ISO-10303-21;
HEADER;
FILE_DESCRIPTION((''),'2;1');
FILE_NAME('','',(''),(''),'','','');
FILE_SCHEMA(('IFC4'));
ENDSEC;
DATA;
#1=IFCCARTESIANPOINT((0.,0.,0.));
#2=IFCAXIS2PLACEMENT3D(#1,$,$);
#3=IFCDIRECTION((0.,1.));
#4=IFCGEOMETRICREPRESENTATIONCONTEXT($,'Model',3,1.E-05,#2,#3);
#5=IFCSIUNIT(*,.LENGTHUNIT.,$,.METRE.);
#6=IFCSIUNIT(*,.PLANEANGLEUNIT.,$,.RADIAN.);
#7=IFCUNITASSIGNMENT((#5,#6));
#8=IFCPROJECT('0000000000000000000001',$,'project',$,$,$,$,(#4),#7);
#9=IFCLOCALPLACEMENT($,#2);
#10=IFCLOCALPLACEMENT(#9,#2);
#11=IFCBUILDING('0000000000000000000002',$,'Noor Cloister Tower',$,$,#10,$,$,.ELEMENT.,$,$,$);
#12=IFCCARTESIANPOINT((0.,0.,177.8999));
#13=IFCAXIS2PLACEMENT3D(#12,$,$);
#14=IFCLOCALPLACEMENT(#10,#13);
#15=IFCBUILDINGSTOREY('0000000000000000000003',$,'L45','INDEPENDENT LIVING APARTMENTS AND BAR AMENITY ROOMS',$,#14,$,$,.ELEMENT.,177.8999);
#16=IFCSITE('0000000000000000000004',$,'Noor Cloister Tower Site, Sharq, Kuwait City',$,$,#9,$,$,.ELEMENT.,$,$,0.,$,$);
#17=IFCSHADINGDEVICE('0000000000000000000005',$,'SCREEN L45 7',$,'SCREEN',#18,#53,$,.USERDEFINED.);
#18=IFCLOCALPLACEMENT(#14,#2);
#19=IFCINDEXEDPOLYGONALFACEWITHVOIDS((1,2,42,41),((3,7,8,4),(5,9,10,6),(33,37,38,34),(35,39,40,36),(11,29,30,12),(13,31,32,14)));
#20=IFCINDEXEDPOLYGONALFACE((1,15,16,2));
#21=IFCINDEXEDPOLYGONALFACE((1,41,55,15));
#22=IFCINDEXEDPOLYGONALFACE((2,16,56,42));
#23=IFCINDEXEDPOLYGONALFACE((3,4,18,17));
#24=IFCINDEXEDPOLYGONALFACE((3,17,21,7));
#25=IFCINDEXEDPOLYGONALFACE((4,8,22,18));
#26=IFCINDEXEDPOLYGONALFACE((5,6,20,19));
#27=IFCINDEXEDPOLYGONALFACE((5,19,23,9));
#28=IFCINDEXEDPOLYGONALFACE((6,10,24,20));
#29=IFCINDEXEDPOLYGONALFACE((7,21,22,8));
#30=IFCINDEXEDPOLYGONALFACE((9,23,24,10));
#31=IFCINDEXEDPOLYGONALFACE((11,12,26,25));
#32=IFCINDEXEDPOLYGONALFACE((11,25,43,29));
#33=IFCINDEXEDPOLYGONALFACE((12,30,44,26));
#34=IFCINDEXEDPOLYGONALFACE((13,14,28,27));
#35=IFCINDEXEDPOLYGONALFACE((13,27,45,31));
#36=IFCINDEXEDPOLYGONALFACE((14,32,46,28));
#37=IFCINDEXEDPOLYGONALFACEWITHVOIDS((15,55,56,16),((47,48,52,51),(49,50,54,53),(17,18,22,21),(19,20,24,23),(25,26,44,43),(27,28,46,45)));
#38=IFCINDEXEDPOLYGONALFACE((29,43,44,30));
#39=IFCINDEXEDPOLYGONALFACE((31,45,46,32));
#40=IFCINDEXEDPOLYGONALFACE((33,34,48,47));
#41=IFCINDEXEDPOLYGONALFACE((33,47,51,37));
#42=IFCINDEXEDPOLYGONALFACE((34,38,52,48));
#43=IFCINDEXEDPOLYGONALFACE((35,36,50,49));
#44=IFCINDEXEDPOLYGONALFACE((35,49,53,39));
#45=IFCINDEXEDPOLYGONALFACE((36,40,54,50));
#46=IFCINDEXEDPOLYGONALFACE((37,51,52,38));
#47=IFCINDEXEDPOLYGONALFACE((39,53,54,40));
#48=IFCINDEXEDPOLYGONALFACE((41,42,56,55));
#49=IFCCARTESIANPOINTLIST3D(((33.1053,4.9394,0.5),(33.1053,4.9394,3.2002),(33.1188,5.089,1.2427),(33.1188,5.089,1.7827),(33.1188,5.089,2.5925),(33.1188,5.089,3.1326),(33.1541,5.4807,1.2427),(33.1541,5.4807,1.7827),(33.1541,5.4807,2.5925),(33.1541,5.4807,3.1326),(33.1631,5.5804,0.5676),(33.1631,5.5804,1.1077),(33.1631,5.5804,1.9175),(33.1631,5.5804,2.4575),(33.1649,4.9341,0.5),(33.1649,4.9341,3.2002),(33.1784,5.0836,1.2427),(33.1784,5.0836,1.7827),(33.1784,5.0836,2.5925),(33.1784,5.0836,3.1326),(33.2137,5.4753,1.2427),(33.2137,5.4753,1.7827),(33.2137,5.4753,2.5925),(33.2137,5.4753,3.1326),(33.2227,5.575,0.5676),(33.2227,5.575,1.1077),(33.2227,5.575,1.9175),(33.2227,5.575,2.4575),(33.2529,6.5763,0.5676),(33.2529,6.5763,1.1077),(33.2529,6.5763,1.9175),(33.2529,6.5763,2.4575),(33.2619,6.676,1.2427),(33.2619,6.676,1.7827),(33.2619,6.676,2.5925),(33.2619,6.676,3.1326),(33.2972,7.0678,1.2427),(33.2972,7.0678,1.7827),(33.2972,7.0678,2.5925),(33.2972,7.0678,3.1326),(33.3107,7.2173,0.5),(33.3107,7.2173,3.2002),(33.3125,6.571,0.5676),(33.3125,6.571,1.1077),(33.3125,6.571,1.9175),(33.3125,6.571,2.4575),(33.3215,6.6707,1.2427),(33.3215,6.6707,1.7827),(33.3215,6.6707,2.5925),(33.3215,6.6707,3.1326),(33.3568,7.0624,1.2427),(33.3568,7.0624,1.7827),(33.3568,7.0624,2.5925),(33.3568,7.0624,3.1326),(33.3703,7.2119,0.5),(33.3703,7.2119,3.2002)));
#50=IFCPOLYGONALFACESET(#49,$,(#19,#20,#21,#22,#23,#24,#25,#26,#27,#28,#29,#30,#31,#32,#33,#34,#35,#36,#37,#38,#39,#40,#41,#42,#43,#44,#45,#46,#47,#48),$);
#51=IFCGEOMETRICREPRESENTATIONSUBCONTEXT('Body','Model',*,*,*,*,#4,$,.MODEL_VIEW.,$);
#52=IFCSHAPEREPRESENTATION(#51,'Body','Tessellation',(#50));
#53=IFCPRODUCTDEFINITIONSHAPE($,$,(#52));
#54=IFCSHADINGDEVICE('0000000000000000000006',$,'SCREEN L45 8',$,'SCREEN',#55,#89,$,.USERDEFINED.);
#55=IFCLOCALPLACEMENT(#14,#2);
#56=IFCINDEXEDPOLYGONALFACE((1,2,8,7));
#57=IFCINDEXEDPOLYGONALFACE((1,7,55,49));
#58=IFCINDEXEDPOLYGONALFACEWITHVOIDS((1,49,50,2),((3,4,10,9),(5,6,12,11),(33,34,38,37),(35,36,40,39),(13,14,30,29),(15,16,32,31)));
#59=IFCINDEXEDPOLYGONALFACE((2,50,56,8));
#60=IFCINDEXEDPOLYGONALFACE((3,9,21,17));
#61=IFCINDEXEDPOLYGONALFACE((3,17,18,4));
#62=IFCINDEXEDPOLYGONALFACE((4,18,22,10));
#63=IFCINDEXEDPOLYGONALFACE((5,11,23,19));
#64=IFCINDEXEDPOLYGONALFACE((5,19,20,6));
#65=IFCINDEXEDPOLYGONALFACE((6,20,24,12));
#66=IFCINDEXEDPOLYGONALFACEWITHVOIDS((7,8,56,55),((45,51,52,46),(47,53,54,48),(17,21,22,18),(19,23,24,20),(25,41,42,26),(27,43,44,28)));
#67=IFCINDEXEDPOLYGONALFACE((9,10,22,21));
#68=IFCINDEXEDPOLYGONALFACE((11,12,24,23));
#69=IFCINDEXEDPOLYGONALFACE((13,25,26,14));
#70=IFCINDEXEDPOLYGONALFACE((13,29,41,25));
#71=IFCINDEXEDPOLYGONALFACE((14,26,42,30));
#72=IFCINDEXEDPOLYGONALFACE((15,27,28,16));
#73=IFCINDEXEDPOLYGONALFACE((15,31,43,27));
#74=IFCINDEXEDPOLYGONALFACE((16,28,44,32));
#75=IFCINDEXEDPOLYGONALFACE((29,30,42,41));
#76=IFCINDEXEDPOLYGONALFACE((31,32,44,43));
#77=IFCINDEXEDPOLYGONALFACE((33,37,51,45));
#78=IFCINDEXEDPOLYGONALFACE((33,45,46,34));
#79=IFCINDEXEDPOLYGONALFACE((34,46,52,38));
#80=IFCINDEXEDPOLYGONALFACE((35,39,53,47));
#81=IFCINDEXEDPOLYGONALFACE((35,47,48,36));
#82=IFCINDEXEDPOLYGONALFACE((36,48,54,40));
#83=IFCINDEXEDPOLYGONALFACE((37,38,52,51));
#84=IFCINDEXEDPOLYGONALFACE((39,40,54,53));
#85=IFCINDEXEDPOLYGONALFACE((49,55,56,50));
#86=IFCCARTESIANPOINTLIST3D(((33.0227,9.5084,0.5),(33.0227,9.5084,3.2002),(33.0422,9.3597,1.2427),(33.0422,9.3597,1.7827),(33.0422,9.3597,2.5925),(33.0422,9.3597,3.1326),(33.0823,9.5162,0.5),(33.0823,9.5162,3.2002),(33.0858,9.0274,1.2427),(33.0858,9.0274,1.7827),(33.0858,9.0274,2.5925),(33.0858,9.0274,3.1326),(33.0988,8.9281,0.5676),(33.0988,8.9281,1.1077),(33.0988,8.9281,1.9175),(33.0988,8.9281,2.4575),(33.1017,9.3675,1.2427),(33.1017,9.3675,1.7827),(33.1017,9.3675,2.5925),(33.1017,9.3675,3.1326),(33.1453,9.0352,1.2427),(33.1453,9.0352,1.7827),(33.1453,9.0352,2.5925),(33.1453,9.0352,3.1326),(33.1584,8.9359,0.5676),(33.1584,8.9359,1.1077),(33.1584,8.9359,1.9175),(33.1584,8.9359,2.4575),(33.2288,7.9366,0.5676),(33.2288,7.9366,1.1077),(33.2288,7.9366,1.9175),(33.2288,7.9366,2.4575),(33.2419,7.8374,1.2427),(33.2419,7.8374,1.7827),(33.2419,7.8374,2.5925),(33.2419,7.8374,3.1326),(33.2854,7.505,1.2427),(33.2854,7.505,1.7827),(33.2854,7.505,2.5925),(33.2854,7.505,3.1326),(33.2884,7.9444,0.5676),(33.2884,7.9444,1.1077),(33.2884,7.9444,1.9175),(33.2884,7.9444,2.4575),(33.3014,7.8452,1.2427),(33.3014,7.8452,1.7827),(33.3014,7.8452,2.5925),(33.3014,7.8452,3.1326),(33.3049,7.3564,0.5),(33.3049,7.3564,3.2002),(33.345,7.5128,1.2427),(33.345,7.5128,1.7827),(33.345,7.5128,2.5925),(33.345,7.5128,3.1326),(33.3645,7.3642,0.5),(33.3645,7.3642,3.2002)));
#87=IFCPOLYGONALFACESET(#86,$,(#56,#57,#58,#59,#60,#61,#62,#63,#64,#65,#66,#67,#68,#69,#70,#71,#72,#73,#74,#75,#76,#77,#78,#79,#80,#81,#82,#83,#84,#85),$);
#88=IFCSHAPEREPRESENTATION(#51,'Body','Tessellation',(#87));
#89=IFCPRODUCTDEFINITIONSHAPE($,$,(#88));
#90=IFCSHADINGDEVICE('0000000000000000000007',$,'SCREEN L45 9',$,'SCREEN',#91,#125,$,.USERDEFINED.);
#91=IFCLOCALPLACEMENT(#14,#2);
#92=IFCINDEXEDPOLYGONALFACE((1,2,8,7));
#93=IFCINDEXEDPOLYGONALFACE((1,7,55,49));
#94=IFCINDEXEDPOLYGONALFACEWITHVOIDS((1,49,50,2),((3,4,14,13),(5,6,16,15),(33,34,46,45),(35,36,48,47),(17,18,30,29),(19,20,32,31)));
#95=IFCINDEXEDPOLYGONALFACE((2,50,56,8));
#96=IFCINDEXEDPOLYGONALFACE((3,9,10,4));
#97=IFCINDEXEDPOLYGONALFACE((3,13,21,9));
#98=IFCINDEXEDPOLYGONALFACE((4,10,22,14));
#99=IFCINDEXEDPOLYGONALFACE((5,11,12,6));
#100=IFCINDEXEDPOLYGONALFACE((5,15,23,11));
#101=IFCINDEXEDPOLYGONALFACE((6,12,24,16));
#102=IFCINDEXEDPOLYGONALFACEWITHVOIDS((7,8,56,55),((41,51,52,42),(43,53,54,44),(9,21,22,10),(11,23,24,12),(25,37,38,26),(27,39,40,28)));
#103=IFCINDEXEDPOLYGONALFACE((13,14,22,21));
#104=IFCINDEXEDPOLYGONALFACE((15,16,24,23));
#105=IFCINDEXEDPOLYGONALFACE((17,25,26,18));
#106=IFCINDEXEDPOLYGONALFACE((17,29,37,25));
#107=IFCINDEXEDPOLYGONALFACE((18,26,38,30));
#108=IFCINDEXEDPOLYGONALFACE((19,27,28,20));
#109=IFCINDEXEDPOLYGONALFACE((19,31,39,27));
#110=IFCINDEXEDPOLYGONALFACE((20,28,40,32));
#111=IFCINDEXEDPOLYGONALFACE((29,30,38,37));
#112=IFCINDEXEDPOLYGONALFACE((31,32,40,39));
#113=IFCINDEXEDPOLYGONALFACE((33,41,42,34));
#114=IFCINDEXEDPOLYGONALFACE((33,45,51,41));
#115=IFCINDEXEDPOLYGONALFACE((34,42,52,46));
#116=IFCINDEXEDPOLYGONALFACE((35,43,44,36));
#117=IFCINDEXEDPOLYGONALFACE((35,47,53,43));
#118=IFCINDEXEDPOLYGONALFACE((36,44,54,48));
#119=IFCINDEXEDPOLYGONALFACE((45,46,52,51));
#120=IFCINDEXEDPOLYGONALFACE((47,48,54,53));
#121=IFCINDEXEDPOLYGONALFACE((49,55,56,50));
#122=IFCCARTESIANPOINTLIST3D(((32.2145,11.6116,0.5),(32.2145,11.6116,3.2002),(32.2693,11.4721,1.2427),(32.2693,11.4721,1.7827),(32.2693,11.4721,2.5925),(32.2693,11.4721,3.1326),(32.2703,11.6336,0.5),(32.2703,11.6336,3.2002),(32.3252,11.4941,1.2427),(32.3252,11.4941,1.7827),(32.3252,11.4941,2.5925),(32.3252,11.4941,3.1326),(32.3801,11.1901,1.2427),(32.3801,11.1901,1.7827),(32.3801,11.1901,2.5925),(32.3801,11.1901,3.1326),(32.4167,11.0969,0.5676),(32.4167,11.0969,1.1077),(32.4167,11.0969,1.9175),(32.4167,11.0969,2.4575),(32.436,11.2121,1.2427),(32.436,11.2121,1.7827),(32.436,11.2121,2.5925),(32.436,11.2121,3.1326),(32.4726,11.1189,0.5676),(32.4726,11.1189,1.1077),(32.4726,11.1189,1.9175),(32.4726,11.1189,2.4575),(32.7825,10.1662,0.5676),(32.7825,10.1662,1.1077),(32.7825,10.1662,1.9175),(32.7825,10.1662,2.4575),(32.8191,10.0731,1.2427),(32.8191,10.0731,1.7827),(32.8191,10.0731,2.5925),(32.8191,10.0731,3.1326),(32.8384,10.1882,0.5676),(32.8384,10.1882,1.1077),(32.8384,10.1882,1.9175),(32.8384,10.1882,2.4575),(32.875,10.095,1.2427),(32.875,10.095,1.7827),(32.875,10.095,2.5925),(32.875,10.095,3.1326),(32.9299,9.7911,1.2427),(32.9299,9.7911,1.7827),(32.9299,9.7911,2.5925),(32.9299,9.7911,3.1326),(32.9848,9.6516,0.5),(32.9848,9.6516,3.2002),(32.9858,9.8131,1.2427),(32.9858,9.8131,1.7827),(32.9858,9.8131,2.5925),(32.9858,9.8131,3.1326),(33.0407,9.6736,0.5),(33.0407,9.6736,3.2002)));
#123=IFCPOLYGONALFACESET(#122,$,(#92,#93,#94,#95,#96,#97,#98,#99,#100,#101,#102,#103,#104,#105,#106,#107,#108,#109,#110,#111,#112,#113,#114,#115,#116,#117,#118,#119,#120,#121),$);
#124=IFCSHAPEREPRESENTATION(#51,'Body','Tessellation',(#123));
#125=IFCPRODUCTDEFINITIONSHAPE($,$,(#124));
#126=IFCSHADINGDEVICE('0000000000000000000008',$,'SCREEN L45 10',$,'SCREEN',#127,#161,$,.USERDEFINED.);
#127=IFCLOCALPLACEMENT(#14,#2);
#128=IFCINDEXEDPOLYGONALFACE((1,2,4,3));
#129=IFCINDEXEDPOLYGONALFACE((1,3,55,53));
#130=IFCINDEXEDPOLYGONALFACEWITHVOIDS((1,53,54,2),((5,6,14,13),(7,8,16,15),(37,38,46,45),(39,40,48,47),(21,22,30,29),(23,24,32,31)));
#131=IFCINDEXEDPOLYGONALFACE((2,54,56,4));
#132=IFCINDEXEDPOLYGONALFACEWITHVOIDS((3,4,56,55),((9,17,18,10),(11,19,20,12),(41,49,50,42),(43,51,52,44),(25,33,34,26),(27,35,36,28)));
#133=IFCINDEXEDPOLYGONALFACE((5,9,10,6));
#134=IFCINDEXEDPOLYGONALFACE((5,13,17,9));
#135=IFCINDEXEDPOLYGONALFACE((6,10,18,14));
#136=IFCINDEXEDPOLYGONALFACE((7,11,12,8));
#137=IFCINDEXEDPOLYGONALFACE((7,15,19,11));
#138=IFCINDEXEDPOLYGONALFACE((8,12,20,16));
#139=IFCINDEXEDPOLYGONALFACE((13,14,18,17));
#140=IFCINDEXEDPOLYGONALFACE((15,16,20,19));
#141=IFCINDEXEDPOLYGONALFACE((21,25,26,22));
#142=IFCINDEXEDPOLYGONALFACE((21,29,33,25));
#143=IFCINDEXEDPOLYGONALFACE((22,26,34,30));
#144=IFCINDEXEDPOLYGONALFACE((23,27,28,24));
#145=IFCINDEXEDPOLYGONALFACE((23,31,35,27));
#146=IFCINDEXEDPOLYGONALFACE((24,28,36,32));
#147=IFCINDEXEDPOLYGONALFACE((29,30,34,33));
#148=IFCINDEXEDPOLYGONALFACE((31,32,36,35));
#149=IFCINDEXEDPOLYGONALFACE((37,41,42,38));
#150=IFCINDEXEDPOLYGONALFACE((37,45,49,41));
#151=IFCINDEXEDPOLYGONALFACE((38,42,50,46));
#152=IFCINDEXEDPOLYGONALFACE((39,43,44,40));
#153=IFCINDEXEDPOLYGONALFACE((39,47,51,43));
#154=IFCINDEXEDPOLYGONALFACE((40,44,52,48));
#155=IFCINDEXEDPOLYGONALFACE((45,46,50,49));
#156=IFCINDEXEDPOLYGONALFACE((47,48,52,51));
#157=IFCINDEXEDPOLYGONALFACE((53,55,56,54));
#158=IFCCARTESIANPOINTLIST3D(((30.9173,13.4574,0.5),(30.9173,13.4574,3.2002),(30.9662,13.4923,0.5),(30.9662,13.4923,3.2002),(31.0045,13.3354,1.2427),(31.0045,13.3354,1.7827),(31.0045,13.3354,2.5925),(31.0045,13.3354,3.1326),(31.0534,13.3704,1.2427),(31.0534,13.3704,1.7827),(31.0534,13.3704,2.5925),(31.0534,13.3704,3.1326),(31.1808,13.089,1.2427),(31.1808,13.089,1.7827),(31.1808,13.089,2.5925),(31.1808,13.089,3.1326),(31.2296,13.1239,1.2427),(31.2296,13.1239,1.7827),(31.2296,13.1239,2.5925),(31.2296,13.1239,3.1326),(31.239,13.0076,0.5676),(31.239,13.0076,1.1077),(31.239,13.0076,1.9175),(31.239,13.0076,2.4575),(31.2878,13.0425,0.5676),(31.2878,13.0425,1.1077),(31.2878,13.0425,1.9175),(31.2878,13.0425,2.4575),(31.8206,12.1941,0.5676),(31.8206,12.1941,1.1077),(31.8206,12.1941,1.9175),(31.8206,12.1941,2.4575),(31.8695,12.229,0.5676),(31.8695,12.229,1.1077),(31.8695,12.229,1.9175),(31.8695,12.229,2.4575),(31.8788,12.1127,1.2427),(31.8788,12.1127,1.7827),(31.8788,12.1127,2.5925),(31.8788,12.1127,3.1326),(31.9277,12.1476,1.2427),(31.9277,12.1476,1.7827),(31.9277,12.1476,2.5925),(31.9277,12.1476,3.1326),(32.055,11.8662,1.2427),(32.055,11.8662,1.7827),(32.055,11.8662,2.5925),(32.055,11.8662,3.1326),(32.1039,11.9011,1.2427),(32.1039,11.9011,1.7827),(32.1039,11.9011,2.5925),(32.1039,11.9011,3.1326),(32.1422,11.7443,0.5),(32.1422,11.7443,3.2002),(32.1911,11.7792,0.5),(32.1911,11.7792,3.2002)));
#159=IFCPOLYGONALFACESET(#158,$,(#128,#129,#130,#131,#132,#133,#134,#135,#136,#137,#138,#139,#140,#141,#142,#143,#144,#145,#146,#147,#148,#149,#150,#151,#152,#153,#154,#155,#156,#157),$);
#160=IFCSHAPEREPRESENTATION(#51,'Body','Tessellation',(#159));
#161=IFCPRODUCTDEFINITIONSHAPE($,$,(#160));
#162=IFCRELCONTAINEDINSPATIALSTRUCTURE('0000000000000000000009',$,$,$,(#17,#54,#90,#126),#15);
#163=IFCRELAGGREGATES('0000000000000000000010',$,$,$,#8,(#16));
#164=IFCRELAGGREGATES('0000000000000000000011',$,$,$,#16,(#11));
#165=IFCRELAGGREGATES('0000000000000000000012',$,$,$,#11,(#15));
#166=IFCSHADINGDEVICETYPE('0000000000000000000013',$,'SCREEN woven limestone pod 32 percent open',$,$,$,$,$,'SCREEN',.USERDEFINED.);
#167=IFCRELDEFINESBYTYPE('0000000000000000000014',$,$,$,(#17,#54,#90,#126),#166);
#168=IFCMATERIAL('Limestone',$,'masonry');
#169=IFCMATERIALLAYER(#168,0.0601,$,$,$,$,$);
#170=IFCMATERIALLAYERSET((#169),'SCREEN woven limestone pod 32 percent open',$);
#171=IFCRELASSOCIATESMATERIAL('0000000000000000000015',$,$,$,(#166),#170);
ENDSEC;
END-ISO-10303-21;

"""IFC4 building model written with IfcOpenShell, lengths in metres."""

from ifc_helpers import new_model, si_unit, direction, frame, origin, place, context, subcontext, project, spatial, polyline, outline, extrude, material, layer, layer_set, type_object, element, save


model = new_model("IFC4")

# Units and contexts
model_context = context("Model", 3, precision=1e-05, world=origin(), true_north=direction((0.0, 1.0)))
body_context = subcontext(model_context, "Body", "Model", "MODEL_VIEW")
ifc_project = project(units=[si_unit("LENGTHUNIT", "METRE"), si_unit("PLANEANGLEUNIT", "RADIAN")], contexts=[model_context])

# Site, building, storey
site_placement = place(None, origin())
site = spatial("IfcSite", under=ifc_project, at=site_placement, Name="Noor Cloister Tower Site, Sharq, Kuwait City", CompositionType="ELEMENT", RefElevation=0.0)
building_placement = place(site_placement, origin())
building = spatial("IfcBuilding", under=site, at=building_placement, Name="Noor Cloister Tower", CompositionType="ELEMENT")
storey_placement = place(building_placement, frame((0.0, 0.0, 177.8999)))
storey = spatial("IfcBuildingStorey", under=building, at=storey_placement, Name="L45", Description="INDEPENDENT LIVING APARTMENTS AND BAR AMENITY ROOMS", CompositionType="ELEMENT", Elevation=177.8999)

# Shading devices
ifc_material_1 = material(Name="Limestone", Category="masonry")
ifc_layer_1 = layer(ifc_material_1, 0.0601)
ifc_layer_set_1 = layer_set([ifc_layer_1], Name="SCREEN woven limestone pod 32 percent open")
shading_device_type = type_object("IfcShadingDeviceType", Name="SCREEN woven limestone pod 32 percent open", ElementType="SCREEN", PredefinedType="USERDEFINED", material=ifc_layer_set_1)
shading_device_1_placement = place(storey_placement, frame((33.208, 6.0784, 1.8501), z_axis=(0.99596, -0.0898, 0.0), x_axis=(0.0898, 0.99596, 0.0)))
element("IfcShadingDevice", 1, at=shading_device_1_placement, inside=storey, type_object=shading_device_type, Name="SCREEN L45 7", ObjectType="SCREEN", PredefinedType="USERDEFINED", context=body_context, shape_type="SweptSolid", body=[
    extrude(outline(polyline([(-1.1436, -1.3501), (1.1436, -1.3501), (1.1436, 1.3501), (-1.1436, 1.3501), (-1.1436, -1.3501)]), holes=[polyline([(-0.5, -1.2825), (0.5, -1.2825), (0.5, -0.7424), (-0.5, -0.7424), (-0.5, -1.2825)]), polyline([(0.6001, -0.6074), (0.9934, -0.6074), (0.9934, -0.0674), (0.6001, -0.0674), (0.6001, -0.6074)]), polyline([(-0.9934, -0.6074), (-0.6001, -0.6074), (-0.6001, -0.0674), (-0.9934, -0.0674), (-0.9934, -0.6074)]), polyline([(-0.5, 0.0674), (0.5, 0.0674), (0.5, 0.6074), (-0.5, 0.6074), (-0.5, 0.0674)]), polyline([(0.6001, 0.7424), (0.9934, 0.7424), (0.9934, 1.2825), (0.6001, 1.2825), (0.6001, 0.7424)]), polyline([(-0.9934, 0.7424), (-0.6001, 0.7424), (-0.6001, 1.2825), (-0.9934, 1.2825), (-0.9934, 0.7424)])]), origin(), (0.0, 0.0, 1.0), 0.0598),
])
shading_device_2_placement = place(storey_placement, frame((33.1638, 8.4324, 1.8501), z_axis=(0.99151, 0.130034, 0.0), x_axis=(-0.130034, 0.99151, 0.0)))
element("IfcShadingDevice", 2, at=shading_device_2_placement, inside=storey, type_object=shading_device_type, Name="SCREEN L45 8", ObjectType="SCREEN", PredefinedType="USERDEFINED", context=body_context, shape_type="SweptSolid", body=[
    extrude(outline(polyline([(-1.0852, -1.3501), (1.0852, -1.3501), (1.0852, 1.3501), (-1.0852, 1.3501), (-1.0852, -1.3501)]), holes=[polyline([(-0.5, -1.2825), (0.5, -1.2825), (0.5, -0.7424), (-0.5, -0.7424), (-0.5, -1.2825)]), polyline([(0.6001, -0.6074), (0.9353, -0.6074), (0.9353, -0.0674), (0.6001, -0.0674), (0.6001, -0.6074)]), polyline([(-0.9353, -0.6074), (-0.6001, -0.6074), (-0.6001, -0.0674), (-0.9353, -0.0674), (-0.9353, -0.6074)]), polyline([(-0.5, 0.0674), (0.5, 0.0674), (0.5, 0.6074), (-0.5, 0.6074), (-0.5, 0.0674)]), polyline([(0.6001, 0.7424), (0.9353, 0.7424), (0.9353, 1.2825), (0.6001, 1.2825), (0.6001, 0.7424)]), polyline([(-0.9353, 0.7424), (-0.6001, 0.7424), (-0.6001, 1.2825), (-0.9353, 1.2825), (-0.9353, 0.7424)])]), origin(), (0.0, 0.0, 1.0), 0.0601),
])
for number, where, z_axis, x_axis, name in (
    (3, (32.5996, 10.6316, 1.8501), (0.930702, 0.365778, 0.0), (-0.365778, 0.930702, 0.0), "SCREEN L45 9"),
    (4, (31.5298, 12.6008, 1.8501), (0.813459, 0.581623, 0.0), (-0.581623, 0.813459, 0.0), "SCREEN L45 10"),
):
    element("IfcShadingDevice", number, at=place(storey_placement, frame(where, z_axis=z_axis, x_axis=x_axis)), inside=storey, type_object=shading_device_type, Name=name, ObjectType="SCREEN", PredefinedType="USERDEFINED", context=body_context, shape_type="SweptSolid", body=[
        extrude(outline(polyline([(-1.053, -1.3501), (1.053, -1.3501), (1.053, 1.3501), (-1.053, 1.3501), (-1.053, -1.3501)]), holes=[polyline([(-0.5, -1.2825), (0.5, -1.2825), (0.5, -0.7424), (-0.5, -0.7424), (-0.5, -1.2825)]), polyline([(0.6001, -0.6074), (0.9031, -0.6074), (0.9031, -0.0674), (0.6001, -0.0674), (0.6001, -0.6074)]), polyline([(-0.9031, -0.6074), (-0.6001, -0.6074), (-0.6001, -0.0674), (-0.9031, -0.0674), (-0.9031, -0.6074)]), polyline([(-0.5, 0.0674), (0.5, 0.0674), (0.5, 0.6074), (-0.5, 0.6074), (-0.5, 0.0674)]), polyline([(0.6001, 0.7424), (0.9031, 0.7424), (0.9031, 1.2825), (0.6001, 1.2825), (0.6001, 0.7424)]), polyline([(-0.9031, 0.7424), (-0.6001, 0.7424), (-0.6001, 1.2825), (-0.9031, 1.2825), (-0.9031, 0.7424)])]), origin(), (0.0, 0.0, 1.0), 0.0601),
    ])

save(model, "model.ifc")
